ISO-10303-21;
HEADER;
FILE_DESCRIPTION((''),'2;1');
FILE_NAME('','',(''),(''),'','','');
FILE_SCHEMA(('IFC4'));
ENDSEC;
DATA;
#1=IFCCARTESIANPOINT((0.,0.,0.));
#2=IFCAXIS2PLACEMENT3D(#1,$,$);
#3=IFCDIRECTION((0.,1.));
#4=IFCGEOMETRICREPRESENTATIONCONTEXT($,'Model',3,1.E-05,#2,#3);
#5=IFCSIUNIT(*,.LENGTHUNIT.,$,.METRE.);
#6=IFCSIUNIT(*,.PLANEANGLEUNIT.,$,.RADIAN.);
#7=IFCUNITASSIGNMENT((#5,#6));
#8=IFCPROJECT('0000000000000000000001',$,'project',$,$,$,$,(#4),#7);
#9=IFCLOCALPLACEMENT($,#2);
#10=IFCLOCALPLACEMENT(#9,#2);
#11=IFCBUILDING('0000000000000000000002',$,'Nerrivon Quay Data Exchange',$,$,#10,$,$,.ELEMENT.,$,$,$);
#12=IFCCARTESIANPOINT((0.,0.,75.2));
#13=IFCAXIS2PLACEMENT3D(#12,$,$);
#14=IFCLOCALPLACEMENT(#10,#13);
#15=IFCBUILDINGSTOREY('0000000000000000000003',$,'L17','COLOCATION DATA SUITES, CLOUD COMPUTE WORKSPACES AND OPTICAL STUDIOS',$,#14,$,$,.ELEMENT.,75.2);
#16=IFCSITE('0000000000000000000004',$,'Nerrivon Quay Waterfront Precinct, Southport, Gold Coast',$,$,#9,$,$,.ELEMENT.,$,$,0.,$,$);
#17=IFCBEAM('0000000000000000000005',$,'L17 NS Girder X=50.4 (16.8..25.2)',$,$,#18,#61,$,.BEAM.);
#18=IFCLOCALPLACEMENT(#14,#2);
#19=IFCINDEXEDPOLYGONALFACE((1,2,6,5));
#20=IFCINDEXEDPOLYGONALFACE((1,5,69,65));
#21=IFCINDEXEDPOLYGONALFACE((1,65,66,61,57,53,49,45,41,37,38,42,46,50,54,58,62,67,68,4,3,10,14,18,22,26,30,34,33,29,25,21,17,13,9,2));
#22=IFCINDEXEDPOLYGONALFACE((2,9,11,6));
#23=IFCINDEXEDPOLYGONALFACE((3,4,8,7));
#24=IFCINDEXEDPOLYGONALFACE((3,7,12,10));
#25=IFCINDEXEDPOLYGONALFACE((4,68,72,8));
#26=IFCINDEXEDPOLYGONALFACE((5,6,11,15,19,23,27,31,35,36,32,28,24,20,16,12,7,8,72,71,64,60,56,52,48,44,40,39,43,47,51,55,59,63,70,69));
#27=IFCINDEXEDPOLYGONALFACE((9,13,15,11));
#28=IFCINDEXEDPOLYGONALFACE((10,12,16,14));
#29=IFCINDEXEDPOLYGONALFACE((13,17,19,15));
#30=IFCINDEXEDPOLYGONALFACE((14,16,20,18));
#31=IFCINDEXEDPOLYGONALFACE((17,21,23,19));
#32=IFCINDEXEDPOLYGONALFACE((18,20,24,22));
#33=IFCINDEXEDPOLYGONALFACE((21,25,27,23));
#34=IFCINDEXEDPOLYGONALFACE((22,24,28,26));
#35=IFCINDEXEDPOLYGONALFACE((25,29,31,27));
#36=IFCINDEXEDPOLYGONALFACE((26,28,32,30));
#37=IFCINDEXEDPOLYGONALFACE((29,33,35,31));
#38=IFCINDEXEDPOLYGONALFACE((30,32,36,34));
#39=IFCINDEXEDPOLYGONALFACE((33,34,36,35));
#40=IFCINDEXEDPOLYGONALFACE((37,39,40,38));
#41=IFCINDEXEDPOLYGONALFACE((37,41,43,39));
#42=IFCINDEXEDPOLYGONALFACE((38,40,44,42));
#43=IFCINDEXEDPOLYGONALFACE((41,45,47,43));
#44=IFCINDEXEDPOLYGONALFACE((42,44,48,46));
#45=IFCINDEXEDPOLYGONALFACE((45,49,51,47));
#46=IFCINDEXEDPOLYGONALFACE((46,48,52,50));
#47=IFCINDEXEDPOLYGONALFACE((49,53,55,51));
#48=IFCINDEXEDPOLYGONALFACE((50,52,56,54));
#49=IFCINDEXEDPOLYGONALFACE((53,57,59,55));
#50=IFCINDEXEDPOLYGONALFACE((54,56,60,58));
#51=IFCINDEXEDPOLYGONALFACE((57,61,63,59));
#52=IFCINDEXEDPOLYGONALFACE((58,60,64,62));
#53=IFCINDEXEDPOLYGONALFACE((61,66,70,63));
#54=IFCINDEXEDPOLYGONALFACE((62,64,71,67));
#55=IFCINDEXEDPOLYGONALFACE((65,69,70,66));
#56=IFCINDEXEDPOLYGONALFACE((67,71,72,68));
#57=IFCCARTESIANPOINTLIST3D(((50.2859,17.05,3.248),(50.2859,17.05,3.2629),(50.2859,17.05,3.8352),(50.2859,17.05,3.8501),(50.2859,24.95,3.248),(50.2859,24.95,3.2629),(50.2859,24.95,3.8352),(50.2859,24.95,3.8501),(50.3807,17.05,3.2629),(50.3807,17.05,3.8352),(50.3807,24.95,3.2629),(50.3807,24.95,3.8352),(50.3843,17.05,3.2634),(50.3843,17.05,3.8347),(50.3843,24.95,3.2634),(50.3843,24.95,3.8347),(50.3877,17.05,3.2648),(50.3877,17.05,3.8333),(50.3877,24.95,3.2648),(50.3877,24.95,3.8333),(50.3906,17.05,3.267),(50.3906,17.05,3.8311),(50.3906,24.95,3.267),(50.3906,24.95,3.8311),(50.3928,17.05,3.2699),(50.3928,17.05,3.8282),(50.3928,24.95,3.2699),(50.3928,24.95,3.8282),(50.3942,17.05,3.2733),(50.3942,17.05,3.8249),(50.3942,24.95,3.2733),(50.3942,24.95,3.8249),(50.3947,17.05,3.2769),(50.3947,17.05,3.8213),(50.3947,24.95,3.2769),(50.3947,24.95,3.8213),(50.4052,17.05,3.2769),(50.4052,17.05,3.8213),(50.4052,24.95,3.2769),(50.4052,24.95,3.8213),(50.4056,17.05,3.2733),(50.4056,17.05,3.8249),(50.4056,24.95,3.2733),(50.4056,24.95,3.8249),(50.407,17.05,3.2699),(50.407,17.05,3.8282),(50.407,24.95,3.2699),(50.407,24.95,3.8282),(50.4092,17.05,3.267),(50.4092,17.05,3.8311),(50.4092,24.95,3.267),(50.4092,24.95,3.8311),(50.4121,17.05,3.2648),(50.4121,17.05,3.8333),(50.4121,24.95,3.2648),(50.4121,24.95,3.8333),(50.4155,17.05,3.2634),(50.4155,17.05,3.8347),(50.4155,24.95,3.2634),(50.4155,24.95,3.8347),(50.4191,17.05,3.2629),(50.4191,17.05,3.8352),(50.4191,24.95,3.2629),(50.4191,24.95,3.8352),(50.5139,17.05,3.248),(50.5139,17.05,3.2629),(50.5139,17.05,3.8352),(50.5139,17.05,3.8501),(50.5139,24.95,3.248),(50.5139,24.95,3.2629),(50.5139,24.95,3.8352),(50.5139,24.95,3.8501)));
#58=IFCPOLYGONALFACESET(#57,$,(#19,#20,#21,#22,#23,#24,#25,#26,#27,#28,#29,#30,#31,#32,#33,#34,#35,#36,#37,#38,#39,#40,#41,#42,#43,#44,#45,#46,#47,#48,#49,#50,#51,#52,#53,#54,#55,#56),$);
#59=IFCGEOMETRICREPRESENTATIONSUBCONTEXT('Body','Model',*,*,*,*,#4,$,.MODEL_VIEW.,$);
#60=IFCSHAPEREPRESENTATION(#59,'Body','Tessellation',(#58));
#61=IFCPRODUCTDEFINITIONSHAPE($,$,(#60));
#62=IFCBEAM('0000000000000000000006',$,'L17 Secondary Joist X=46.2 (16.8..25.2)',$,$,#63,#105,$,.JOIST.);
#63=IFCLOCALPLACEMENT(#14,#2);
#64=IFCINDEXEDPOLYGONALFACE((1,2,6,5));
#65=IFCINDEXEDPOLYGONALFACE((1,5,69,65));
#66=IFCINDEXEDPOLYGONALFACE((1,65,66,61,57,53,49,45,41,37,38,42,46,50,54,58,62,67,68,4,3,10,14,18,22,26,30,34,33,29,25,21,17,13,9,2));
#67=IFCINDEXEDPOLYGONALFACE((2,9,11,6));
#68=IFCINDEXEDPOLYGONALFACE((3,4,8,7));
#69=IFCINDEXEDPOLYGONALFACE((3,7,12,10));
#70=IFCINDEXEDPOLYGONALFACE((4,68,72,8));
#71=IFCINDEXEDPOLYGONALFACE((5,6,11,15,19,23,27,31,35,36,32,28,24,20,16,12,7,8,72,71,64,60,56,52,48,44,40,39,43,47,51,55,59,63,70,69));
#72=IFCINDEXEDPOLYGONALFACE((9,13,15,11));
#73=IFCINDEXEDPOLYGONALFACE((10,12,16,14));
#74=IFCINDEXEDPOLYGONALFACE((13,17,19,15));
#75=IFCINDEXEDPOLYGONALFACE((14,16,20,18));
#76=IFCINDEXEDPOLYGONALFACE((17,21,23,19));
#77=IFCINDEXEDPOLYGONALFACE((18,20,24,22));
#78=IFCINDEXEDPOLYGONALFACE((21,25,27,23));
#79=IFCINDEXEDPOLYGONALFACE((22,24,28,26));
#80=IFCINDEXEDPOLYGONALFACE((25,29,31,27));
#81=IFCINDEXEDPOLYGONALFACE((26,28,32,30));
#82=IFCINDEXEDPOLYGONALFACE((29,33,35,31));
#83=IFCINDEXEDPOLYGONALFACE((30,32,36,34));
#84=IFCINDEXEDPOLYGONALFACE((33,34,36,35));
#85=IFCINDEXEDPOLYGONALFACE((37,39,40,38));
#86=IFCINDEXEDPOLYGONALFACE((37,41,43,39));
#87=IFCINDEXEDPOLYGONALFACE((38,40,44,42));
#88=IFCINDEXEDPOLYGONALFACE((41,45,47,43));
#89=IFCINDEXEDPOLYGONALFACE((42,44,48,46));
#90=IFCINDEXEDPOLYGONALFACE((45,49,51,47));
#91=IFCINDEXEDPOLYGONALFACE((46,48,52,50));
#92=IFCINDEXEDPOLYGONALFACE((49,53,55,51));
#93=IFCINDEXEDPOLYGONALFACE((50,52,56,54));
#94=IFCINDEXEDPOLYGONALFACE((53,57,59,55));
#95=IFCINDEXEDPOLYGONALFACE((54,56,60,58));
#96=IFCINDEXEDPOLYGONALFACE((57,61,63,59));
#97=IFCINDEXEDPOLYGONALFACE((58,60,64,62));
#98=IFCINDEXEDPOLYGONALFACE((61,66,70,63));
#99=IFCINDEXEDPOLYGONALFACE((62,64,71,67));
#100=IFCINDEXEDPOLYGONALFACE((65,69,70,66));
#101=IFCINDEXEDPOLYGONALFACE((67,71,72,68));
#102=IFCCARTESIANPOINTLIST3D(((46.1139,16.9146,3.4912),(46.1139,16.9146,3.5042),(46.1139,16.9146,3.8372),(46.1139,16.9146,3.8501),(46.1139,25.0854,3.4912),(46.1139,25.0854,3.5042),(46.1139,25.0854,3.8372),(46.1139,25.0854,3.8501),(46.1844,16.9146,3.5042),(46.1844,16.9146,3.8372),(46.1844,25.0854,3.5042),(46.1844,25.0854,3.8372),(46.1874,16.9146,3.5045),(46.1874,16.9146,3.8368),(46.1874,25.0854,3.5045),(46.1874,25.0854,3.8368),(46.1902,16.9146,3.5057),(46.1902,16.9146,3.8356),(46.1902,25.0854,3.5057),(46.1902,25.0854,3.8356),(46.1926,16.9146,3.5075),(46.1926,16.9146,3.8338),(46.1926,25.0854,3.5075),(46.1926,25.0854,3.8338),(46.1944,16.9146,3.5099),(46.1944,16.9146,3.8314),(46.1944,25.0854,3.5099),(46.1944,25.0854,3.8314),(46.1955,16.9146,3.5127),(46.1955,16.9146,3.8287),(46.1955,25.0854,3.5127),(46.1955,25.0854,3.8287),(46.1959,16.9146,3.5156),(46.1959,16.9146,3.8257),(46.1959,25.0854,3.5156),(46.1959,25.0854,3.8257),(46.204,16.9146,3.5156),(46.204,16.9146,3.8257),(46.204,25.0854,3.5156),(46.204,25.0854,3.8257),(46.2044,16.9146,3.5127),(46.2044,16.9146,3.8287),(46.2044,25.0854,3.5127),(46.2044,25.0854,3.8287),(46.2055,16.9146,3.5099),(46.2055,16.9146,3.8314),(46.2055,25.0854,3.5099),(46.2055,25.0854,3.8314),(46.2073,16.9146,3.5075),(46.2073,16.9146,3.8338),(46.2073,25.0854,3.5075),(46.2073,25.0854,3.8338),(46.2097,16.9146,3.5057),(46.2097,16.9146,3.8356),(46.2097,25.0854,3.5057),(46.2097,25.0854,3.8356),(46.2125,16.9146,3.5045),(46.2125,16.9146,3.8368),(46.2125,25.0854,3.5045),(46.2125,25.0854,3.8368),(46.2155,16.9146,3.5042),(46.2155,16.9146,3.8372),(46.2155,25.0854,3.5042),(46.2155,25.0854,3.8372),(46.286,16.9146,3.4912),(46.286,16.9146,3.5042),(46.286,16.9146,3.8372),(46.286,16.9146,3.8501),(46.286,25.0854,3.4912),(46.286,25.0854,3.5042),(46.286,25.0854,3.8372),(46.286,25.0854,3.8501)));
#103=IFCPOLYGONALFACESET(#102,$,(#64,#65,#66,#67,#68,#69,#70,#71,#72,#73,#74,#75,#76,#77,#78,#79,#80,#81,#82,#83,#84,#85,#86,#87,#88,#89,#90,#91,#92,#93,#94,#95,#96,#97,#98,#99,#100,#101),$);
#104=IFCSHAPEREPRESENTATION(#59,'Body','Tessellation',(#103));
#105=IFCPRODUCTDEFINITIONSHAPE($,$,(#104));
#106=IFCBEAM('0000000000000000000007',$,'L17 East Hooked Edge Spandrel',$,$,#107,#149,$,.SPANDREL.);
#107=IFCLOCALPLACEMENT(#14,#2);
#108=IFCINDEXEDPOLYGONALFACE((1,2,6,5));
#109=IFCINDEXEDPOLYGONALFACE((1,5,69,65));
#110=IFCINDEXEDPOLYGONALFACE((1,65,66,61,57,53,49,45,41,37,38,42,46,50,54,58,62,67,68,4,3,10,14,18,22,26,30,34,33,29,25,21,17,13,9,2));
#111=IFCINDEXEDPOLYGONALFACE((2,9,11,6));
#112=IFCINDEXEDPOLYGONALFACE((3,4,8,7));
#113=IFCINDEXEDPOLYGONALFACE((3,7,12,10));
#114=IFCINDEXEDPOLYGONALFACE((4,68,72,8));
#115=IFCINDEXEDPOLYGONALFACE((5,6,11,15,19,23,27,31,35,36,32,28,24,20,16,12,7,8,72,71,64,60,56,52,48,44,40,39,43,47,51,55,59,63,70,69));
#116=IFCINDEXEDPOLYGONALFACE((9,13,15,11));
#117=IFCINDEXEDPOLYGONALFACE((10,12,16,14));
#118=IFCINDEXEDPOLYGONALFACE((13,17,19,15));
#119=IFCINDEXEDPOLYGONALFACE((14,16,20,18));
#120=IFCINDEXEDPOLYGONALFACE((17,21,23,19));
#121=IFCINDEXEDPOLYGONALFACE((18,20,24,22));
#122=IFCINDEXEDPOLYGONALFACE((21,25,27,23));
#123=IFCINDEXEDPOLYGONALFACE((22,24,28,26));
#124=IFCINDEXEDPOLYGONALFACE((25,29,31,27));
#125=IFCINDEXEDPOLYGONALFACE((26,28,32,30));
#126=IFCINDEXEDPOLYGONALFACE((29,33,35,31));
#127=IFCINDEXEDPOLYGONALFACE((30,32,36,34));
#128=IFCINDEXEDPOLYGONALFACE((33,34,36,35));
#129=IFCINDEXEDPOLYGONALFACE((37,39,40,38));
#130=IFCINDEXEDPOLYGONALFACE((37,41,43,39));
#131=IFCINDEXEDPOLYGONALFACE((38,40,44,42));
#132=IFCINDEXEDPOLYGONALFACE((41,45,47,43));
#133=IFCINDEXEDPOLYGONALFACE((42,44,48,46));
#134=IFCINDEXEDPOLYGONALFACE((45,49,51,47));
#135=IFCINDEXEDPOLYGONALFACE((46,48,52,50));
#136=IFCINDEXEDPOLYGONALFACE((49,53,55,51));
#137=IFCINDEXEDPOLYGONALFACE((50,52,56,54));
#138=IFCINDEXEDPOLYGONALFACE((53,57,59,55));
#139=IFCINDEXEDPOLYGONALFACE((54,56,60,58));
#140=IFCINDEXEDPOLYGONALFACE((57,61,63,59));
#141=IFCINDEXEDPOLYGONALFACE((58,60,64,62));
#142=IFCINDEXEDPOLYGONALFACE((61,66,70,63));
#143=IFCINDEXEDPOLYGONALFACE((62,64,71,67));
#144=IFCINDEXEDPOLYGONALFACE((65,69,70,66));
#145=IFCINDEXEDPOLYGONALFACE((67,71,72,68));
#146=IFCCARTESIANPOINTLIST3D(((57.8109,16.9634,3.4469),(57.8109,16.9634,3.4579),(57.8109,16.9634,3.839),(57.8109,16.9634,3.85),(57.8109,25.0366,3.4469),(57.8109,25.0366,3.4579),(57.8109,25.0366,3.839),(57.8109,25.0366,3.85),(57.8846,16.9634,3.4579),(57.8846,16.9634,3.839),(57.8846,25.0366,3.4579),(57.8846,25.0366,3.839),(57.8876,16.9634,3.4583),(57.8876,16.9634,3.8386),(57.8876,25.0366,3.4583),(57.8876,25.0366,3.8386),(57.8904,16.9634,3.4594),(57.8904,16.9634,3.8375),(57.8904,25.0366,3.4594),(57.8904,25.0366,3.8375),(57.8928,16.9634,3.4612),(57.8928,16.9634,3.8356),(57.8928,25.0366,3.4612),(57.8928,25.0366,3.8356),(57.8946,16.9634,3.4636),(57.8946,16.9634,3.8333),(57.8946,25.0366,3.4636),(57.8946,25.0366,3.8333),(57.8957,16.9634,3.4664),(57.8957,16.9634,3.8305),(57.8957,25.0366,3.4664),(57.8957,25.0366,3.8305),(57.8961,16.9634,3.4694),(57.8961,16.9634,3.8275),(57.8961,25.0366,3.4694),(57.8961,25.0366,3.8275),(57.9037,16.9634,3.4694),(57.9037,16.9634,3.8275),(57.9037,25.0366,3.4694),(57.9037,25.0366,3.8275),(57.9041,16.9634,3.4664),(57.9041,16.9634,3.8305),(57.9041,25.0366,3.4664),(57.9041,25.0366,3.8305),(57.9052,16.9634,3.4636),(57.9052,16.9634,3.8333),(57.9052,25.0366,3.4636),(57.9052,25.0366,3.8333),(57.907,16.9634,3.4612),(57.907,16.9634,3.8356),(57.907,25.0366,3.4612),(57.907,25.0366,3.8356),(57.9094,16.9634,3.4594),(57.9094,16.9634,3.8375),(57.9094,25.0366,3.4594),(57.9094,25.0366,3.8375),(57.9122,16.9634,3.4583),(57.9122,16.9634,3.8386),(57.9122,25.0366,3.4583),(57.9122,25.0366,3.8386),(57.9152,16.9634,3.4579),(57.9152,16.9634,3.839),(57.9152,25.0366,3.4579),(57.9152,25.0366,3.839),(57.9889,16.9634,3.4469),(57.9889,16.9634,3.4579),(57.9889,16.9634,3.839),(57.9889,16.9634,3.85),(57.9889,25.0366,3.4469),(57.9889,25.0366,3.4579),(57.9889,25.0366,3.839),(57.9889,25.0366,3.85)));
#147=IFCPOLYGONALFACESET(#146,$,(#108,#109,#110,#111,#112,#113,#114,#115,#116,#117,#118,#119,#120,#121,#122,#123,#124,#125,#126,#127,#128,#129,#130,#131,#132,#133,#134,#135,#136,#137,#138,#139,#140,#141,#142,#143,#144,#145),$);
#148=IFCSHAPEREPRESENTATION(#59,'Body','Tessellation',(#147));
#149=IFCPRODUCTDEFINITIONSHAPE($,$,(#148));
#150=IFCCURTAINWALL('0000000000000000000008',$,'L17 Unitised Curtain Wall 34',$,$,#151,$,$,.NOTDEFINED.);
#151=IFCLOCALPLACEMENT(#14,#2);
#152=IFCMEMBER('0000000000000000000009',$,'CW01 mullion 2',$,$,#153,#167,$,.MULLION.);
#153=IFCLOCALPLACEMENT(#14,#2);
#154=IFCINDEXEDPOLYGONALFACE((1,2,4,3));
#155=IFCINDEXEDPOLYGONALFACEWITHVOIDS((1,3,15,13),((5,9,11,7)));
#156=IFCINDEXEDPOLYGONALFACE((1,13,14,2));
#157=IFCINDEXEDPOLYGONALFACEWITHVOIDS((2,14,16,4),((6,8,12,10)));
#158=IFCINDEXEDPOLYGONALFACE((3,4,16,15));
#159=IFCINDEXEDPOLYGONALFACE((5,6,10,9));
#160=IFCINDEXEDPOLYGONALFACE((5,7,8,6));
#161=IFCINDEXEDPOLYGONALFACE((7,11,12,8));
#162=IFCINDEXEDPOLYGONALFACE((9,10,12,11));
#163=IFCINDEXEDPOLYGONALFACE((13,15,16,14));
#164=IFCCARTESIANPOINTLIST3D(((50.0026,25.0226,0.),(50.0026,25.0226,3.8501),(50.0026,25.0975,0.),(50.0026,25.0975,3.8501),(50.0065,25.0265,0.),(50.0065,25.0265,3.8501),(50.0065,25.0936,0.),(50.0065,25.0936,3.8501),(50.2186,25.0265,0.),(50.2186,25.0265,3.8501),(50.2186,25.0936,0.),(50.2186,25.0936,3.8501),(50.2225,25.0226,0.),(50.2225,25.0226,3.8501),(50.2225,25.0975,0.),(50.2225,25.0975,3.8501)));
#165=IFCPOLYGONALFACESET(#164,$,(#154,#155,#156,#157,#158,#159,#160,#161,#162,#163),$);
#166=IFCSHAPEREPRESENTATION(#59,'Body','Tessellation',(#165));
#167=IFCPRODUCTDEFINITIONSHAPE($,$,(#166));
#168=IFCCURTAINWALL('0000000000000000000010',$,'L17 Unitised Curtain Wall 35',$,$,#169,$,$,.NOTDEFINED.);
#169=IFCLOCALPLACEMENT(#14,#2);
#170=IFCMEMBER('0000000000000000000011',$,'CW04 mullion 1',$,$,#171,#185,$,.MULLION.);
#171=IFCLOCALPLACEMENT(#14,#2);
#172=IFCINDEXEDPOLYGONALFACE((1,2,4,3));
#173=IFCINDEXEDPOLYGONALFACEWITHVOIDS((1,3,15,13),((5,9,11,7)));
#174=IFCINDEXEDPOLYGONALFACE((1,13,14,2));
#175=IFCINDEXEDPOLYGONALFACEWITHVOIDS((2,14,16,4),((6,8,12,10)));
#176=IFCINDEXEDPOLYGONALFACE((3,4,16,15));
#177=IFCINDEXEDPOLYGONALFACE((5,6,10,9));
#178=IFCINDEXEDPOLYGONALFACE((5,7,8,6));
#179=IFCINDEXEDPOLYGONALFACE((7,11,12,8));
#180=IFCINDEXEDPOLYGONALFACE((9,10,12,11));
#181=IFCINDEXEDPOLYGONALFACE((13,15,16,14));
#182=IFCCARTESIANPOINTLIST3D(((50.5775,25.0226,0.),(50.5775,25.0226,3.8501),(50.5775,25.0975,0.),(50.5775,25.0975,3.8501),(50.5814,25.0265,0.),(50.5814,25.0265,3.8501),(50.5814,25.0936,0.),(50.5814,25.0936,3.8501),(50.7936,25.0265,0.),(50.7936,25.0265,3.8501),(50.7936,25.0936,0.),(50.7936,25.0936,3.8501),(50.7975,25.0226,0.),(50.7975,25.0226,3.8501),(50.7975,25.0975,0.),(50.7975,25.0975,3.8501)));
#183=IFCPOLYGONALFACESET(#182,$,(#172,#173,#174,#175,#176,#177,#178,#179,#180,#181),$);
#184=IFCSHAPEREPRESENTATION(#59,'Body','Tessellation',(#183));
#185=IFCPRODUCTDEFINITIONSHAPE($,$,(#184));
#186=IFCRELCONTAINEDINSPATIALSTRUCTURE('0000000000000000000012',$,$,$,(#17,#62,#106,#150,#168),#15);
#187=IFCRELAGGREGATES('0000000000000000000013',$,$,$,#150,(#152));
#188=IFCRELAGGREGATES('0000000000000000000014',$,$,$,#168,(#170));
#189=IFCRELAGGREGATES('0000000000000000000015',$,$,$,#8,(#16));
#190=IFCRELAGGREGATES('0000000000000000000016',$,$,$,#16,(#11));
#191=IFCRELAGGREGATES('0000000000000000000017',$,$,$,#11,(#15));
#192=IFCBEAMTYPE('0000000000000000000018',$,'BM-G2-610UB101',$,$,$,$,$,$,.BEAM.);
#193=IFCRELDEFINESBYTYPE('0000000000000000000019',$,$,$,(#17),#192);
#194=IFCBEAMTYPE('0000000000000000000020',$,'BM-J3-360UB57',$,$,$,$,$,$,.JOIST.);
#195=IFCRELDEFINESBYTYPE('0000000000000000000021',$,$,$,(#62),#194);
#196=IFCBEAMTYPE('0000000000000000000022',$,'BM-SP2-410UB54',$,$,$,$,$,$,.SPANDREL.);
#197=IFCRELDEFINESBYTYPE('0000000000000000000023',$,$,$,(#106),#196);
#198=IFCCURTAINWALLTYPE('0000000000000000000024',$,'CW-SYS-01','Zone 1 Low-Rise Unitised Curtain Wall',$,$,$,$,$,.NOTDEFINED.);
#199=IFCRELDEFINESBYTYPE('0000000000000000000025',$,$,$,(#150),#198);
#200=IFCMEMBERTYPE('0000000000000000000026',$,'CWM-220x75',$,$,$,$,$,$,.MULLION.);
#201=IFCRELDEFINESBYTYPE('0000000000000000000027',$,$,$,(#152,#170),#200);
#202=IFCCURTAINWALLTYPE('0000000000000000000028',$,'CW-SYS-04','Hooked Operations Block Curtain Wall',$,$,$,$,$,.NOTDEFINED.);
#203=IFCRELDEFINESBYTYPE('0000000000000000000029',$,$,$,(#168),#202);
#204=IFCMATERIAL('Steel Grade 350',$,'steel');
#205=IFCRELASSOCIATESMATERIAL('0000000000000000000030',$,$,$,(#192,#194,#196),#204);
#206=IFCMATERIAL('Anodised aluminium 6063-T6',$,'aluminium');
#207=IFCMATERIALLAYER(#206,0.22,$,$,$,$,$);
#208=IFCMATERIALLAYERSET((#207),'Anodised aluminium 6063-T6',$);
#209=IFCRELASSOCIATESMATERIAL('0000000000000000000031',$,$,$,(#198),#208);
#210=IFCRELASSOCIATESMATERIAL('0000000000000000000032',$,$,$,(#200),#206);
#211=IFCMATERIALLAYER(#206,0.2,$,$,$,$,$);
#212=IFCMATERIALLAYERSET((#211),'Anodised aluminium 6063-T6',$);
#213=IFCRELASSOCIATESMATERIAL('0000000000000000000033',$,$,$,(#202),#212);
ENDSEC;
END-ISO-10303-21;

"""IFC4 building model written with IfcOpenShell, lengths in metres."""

from ifc_helpers import new_model, si_unit, direction, frame, origin, origin_2d, place, context, subcontext, project, spatial, hollow_rectangle, i_section, extrude, material, layer, layer_set, material_profile, profile_set, type_object, element, aggregate, save


model = new_model("IFC4")

# Units and contexts
model_context = context("Model", 3, precision=1e-05, world=origin(), true_north=direction((0.0, 1.0)))
body_context = subcontext(model_context, "Body", "Model", "MODEL_VIEW")
ifc_project = project(units=[si_unit("LENGTHUNIT", "METRE"), si_unit("PLANEANGLEUNIT", "RADIAN")], contexts=[model_context])

# Site, building, storey
site_placement = place(None, origin())
site = spatial("IfcSite", under=ifc_project, at=site_placement, Name="Nerrivon Quay Waterfront Precinct, Southport, Gold Coast", CompositionType="ELEMENT", RefElevation=0.0)
building_placement = place(site_placement, origin())
building = spatial("IfcBuilding", under=site, at=building_placement, Name="Nerrivon Quay Data Exchange", CompositionType="ELEMENT")
storey_placement = place(building_placement, frame((0.0, 0.0, 75.2)))
storey = spatial("IfcBuildingStorey", under=building, at=storey_placement, Name="L17", Description="COLOCATION DATA SUITES, CLOUD COMPUTE WORKSPACES AND OPTICAL STUDIOS", CompositionType="ELEMENT", Elevation=75.2)

# Shared definitions
ifc_material_1 = material(Name="Steel Grade 350", Category="steel")

# Beams
ifc_material_profile_1 = material_profile(ifc_material_1, i_section(OverallWidth=0.228, OverallDepth=0.6021, WebThickness=0.0105, FlangeThickness=0.0149, FilletRadius=0.0139, at=origin_2d()), Name="610UB101")
ifc_profile_set_1 = profile_set([ifc_material_profile_1], Name="Steel Grade 350")
beam_type_1 = type_object("IfcBeamType", Name="BM-G2-610UB101", PredefinedType="BEAM", material=ifc_profile_set_1)
beam_1_placement = place(storey_placement, frame((50.3999, 17.05, 3.5491), z_axis=(0.0, 1.0, 0.0), x_axis=(-1.0, 0.0, 0.0)))
element("IfcBeam", 1, at=beam_1_placement, inside=storey, type_object=beam_type_1, Name="L17 NS Girder X=50.4 (16.8..25.2)", PredefinedType="BEAM", context=body_context, shape_type="SweptSolid", body=[
    extrude(i_section(OverallWidth=0.228, OverallDepth=0.6021, WebThickness=0.0105, FlangeThickness=0.0149, FilletRadius=0.0139, at=origin_2d()), origin(), (0.0, 0.0, 1.0), 7.8999),
])
ifc_material_profile_2 = material_profile(ifc_material_1, i_section(OverallWidth=0.1721, OverallDepth=0.3589, WebThickness=0.0081, FlangeThickness=0.0129, FilletRadius=0.0115, at=origin_2d()), Name="360UB56.7")
ifc_profile_set_2 = profile_set([ifc_material_profile_2], Name="Steel Grade 350")
beam_type_2 = type_object("IfcBeamType", Name="BM-J3-360UB57", PredefinedType="JOIST", material=ifc_profile_set_2)
beam_2_placement = place(storey_placement, frame((46.2, 16.9146, 3.6707), z_axis=(0.0, 1.0, 0.0), x_axis=(-1.0, 0.0, 0.0)))
element("IfcBeam", 2, at=beam_2_placement, inside=storey, type_object=beam_type_2, Name="L17 Secondary Joist X=46.2 (16.8..25.2)", PredefinedType="JOIST", context=body_context, shape_type="SweptSolid", body=[
    extrude(i_section(OverallWidth=0.1721, OverallDepth=0.3589, WebThickness=0.0081, FlangeThickness=0.0129, FilletRadius=0.0115, at=origin_2d()), origin(), (0.0, 0.0, 1.0), 8.1709),
])
ifc_material_profile_3 = material_profile(ifc_material_1, i_section(OverallWidth=0.178, OverallDepth=0.4031, WebThickness=0.0076, FlangeThickness=0.011, FilletRadius=0.0115, at=origin_2d()), Name="410UB53.7")
ifc_profile_set_3 = profile_set([ifc_material_profile_3], Name="Steel Grade 350")
beam_type_3 = type_object("IfcBeamType", Name="BM-SP2-410UB54", PredefinedType="SPANDREL", material=ifc_profile_set_3)
beam_3_placement = place(storey_placement, frame((57.8999, 16.9634, 3.6484), z_axis=(0.0, 1.0, 0.0), x_axis=(-1.0, 0.0, 0.0)))
element("IfcBeam", 3, at=beam_3_placement, inside=storey, type_object=beam_type_3, Name="L17 East Hooked Edge Spandrel", PredefinedType="SPANDREL", context=body_context, shape_type="SweptSolid", body=[
    extrude(i_section(OverallWidth=0.178, OverallDepth=0.4031, WebThickness=0.0076, FlangeThickness=0.011, FilletRadius=0.0115, at=origin_2d()), origin(), (0.0, 0.0, 1.0), 8.0732),
])

# Curtain wall, member
ifc_material_2 = material(Name="Anodised aluminium 6063-T6", Category="aluminium")
ifc_layer_1 = layer(ifc_material_2, 0.22)
ifc_layer_set_1 = layer_set([ifc_layer_1], Name="Anodised aluminium 6063-T6")
curtain_wall_type_1 = type_object("IfcCurtainWallType", Name="CW-SYS-01", Description="Zone 1 Low-Rise Unitised Curtain Wall", PredefinedType="NOTDEFINED", material=ifc_layer_set_1)
curtain_wall_1_placement = place(storey_placement, origin())
curtain_wall_1 = element("IfcCurtainWall", 4, at=curtain_wall_1_placement, inside=storey, type_object=curtain_wall_type_1, Name="L17 Unitised Curtain Wall 34", PredefinedType="NOTDEFINED")
ifc_material_profile_4 = material_profile(ifc_material_2, hollow_rectangle(XDim=0.075, YDim=0.22, WallThickness=0.0039, at=origin_2d()), Name="ALU-MULL-220x75")
ifc_profile_set_4 = profile_set([ifc_material_profile_4], Name="Anodised aluminium 6063-T6")
member_type_1 = type_object("IfcMemberType", Name="CWM-220x75", PredefinedType="MULLION", material=ifc_profile_set_4)
member_1_placement = place(storey_placement, frame((50.1125, 25.0601, 0.0), z_axis=(0.0, 0.0, 1.0), x_axis=(0.0, 1.0, 0.0)))
member_1 = element("IfcMember", 5, at=member_1_placement, type_object=member_type_1, Name="CW01 mullion 2", PredefinedType="MULLION", context=body_context, shape_type="SweptSolid", body=[
    extrude(hollow_rectangle(XDim=0.075, YDim=0.22, WallThickness=0.0039, at=origin_2d()), origin(), (0.0, 0.0, 1.0), 3.8501),
])

# Curtain wall, member
ifc_layer_2 = layer(ifc_material_2, 0.2)
ifc_layer_set_2 = layer_set([ifc_layer_2], Name="Anodised aluminium 6063-T6")
curtain_wall_type_2 = type_object("IfcCurtainWallType", Name="CW-SYS-04", Description="Hooked Operations Block Curtain Wall", PredefinedType="NOTDEFINED", material=ifc_layer_set_2)
curtain_wall_2_placement = place(storey_placement, origin())
curtain_wall_2 = element("IfcCurtainWall", 6, at=curtain_wall_2_placement, inside=storey, type_object=curtain_wall_type_2, Name="L17 Unitised Curtain Wall 35", PredefinedType="NOTDEFINED")
member_2_placement = place(storey_placement, frame((50.6875, 25.0601, 0.0), z_axis=(0.0, 0.0, 1.0), x_axis=(0.0, 1.0, 0.0)))
member_2 = element("IfcMember", 7, at=member_2_placement, type_object=member_type_1, Name="CW04 mullion 1", PredefinedType="MULLION", context=body_context, shape_type="SweptSolid", body=[
    extrude(hollow_rectangle(XDim=0.075, YDim=0.22, WallThickness=0.0039, at=origin_2d()), origin(), (0.0, 0.0, 1.0), 3.8501),
])

aggregate(curtain_wall_1, [member_1])
aggregate(curtain_wall_2, [member_2])

save(model, "model.ifc")
